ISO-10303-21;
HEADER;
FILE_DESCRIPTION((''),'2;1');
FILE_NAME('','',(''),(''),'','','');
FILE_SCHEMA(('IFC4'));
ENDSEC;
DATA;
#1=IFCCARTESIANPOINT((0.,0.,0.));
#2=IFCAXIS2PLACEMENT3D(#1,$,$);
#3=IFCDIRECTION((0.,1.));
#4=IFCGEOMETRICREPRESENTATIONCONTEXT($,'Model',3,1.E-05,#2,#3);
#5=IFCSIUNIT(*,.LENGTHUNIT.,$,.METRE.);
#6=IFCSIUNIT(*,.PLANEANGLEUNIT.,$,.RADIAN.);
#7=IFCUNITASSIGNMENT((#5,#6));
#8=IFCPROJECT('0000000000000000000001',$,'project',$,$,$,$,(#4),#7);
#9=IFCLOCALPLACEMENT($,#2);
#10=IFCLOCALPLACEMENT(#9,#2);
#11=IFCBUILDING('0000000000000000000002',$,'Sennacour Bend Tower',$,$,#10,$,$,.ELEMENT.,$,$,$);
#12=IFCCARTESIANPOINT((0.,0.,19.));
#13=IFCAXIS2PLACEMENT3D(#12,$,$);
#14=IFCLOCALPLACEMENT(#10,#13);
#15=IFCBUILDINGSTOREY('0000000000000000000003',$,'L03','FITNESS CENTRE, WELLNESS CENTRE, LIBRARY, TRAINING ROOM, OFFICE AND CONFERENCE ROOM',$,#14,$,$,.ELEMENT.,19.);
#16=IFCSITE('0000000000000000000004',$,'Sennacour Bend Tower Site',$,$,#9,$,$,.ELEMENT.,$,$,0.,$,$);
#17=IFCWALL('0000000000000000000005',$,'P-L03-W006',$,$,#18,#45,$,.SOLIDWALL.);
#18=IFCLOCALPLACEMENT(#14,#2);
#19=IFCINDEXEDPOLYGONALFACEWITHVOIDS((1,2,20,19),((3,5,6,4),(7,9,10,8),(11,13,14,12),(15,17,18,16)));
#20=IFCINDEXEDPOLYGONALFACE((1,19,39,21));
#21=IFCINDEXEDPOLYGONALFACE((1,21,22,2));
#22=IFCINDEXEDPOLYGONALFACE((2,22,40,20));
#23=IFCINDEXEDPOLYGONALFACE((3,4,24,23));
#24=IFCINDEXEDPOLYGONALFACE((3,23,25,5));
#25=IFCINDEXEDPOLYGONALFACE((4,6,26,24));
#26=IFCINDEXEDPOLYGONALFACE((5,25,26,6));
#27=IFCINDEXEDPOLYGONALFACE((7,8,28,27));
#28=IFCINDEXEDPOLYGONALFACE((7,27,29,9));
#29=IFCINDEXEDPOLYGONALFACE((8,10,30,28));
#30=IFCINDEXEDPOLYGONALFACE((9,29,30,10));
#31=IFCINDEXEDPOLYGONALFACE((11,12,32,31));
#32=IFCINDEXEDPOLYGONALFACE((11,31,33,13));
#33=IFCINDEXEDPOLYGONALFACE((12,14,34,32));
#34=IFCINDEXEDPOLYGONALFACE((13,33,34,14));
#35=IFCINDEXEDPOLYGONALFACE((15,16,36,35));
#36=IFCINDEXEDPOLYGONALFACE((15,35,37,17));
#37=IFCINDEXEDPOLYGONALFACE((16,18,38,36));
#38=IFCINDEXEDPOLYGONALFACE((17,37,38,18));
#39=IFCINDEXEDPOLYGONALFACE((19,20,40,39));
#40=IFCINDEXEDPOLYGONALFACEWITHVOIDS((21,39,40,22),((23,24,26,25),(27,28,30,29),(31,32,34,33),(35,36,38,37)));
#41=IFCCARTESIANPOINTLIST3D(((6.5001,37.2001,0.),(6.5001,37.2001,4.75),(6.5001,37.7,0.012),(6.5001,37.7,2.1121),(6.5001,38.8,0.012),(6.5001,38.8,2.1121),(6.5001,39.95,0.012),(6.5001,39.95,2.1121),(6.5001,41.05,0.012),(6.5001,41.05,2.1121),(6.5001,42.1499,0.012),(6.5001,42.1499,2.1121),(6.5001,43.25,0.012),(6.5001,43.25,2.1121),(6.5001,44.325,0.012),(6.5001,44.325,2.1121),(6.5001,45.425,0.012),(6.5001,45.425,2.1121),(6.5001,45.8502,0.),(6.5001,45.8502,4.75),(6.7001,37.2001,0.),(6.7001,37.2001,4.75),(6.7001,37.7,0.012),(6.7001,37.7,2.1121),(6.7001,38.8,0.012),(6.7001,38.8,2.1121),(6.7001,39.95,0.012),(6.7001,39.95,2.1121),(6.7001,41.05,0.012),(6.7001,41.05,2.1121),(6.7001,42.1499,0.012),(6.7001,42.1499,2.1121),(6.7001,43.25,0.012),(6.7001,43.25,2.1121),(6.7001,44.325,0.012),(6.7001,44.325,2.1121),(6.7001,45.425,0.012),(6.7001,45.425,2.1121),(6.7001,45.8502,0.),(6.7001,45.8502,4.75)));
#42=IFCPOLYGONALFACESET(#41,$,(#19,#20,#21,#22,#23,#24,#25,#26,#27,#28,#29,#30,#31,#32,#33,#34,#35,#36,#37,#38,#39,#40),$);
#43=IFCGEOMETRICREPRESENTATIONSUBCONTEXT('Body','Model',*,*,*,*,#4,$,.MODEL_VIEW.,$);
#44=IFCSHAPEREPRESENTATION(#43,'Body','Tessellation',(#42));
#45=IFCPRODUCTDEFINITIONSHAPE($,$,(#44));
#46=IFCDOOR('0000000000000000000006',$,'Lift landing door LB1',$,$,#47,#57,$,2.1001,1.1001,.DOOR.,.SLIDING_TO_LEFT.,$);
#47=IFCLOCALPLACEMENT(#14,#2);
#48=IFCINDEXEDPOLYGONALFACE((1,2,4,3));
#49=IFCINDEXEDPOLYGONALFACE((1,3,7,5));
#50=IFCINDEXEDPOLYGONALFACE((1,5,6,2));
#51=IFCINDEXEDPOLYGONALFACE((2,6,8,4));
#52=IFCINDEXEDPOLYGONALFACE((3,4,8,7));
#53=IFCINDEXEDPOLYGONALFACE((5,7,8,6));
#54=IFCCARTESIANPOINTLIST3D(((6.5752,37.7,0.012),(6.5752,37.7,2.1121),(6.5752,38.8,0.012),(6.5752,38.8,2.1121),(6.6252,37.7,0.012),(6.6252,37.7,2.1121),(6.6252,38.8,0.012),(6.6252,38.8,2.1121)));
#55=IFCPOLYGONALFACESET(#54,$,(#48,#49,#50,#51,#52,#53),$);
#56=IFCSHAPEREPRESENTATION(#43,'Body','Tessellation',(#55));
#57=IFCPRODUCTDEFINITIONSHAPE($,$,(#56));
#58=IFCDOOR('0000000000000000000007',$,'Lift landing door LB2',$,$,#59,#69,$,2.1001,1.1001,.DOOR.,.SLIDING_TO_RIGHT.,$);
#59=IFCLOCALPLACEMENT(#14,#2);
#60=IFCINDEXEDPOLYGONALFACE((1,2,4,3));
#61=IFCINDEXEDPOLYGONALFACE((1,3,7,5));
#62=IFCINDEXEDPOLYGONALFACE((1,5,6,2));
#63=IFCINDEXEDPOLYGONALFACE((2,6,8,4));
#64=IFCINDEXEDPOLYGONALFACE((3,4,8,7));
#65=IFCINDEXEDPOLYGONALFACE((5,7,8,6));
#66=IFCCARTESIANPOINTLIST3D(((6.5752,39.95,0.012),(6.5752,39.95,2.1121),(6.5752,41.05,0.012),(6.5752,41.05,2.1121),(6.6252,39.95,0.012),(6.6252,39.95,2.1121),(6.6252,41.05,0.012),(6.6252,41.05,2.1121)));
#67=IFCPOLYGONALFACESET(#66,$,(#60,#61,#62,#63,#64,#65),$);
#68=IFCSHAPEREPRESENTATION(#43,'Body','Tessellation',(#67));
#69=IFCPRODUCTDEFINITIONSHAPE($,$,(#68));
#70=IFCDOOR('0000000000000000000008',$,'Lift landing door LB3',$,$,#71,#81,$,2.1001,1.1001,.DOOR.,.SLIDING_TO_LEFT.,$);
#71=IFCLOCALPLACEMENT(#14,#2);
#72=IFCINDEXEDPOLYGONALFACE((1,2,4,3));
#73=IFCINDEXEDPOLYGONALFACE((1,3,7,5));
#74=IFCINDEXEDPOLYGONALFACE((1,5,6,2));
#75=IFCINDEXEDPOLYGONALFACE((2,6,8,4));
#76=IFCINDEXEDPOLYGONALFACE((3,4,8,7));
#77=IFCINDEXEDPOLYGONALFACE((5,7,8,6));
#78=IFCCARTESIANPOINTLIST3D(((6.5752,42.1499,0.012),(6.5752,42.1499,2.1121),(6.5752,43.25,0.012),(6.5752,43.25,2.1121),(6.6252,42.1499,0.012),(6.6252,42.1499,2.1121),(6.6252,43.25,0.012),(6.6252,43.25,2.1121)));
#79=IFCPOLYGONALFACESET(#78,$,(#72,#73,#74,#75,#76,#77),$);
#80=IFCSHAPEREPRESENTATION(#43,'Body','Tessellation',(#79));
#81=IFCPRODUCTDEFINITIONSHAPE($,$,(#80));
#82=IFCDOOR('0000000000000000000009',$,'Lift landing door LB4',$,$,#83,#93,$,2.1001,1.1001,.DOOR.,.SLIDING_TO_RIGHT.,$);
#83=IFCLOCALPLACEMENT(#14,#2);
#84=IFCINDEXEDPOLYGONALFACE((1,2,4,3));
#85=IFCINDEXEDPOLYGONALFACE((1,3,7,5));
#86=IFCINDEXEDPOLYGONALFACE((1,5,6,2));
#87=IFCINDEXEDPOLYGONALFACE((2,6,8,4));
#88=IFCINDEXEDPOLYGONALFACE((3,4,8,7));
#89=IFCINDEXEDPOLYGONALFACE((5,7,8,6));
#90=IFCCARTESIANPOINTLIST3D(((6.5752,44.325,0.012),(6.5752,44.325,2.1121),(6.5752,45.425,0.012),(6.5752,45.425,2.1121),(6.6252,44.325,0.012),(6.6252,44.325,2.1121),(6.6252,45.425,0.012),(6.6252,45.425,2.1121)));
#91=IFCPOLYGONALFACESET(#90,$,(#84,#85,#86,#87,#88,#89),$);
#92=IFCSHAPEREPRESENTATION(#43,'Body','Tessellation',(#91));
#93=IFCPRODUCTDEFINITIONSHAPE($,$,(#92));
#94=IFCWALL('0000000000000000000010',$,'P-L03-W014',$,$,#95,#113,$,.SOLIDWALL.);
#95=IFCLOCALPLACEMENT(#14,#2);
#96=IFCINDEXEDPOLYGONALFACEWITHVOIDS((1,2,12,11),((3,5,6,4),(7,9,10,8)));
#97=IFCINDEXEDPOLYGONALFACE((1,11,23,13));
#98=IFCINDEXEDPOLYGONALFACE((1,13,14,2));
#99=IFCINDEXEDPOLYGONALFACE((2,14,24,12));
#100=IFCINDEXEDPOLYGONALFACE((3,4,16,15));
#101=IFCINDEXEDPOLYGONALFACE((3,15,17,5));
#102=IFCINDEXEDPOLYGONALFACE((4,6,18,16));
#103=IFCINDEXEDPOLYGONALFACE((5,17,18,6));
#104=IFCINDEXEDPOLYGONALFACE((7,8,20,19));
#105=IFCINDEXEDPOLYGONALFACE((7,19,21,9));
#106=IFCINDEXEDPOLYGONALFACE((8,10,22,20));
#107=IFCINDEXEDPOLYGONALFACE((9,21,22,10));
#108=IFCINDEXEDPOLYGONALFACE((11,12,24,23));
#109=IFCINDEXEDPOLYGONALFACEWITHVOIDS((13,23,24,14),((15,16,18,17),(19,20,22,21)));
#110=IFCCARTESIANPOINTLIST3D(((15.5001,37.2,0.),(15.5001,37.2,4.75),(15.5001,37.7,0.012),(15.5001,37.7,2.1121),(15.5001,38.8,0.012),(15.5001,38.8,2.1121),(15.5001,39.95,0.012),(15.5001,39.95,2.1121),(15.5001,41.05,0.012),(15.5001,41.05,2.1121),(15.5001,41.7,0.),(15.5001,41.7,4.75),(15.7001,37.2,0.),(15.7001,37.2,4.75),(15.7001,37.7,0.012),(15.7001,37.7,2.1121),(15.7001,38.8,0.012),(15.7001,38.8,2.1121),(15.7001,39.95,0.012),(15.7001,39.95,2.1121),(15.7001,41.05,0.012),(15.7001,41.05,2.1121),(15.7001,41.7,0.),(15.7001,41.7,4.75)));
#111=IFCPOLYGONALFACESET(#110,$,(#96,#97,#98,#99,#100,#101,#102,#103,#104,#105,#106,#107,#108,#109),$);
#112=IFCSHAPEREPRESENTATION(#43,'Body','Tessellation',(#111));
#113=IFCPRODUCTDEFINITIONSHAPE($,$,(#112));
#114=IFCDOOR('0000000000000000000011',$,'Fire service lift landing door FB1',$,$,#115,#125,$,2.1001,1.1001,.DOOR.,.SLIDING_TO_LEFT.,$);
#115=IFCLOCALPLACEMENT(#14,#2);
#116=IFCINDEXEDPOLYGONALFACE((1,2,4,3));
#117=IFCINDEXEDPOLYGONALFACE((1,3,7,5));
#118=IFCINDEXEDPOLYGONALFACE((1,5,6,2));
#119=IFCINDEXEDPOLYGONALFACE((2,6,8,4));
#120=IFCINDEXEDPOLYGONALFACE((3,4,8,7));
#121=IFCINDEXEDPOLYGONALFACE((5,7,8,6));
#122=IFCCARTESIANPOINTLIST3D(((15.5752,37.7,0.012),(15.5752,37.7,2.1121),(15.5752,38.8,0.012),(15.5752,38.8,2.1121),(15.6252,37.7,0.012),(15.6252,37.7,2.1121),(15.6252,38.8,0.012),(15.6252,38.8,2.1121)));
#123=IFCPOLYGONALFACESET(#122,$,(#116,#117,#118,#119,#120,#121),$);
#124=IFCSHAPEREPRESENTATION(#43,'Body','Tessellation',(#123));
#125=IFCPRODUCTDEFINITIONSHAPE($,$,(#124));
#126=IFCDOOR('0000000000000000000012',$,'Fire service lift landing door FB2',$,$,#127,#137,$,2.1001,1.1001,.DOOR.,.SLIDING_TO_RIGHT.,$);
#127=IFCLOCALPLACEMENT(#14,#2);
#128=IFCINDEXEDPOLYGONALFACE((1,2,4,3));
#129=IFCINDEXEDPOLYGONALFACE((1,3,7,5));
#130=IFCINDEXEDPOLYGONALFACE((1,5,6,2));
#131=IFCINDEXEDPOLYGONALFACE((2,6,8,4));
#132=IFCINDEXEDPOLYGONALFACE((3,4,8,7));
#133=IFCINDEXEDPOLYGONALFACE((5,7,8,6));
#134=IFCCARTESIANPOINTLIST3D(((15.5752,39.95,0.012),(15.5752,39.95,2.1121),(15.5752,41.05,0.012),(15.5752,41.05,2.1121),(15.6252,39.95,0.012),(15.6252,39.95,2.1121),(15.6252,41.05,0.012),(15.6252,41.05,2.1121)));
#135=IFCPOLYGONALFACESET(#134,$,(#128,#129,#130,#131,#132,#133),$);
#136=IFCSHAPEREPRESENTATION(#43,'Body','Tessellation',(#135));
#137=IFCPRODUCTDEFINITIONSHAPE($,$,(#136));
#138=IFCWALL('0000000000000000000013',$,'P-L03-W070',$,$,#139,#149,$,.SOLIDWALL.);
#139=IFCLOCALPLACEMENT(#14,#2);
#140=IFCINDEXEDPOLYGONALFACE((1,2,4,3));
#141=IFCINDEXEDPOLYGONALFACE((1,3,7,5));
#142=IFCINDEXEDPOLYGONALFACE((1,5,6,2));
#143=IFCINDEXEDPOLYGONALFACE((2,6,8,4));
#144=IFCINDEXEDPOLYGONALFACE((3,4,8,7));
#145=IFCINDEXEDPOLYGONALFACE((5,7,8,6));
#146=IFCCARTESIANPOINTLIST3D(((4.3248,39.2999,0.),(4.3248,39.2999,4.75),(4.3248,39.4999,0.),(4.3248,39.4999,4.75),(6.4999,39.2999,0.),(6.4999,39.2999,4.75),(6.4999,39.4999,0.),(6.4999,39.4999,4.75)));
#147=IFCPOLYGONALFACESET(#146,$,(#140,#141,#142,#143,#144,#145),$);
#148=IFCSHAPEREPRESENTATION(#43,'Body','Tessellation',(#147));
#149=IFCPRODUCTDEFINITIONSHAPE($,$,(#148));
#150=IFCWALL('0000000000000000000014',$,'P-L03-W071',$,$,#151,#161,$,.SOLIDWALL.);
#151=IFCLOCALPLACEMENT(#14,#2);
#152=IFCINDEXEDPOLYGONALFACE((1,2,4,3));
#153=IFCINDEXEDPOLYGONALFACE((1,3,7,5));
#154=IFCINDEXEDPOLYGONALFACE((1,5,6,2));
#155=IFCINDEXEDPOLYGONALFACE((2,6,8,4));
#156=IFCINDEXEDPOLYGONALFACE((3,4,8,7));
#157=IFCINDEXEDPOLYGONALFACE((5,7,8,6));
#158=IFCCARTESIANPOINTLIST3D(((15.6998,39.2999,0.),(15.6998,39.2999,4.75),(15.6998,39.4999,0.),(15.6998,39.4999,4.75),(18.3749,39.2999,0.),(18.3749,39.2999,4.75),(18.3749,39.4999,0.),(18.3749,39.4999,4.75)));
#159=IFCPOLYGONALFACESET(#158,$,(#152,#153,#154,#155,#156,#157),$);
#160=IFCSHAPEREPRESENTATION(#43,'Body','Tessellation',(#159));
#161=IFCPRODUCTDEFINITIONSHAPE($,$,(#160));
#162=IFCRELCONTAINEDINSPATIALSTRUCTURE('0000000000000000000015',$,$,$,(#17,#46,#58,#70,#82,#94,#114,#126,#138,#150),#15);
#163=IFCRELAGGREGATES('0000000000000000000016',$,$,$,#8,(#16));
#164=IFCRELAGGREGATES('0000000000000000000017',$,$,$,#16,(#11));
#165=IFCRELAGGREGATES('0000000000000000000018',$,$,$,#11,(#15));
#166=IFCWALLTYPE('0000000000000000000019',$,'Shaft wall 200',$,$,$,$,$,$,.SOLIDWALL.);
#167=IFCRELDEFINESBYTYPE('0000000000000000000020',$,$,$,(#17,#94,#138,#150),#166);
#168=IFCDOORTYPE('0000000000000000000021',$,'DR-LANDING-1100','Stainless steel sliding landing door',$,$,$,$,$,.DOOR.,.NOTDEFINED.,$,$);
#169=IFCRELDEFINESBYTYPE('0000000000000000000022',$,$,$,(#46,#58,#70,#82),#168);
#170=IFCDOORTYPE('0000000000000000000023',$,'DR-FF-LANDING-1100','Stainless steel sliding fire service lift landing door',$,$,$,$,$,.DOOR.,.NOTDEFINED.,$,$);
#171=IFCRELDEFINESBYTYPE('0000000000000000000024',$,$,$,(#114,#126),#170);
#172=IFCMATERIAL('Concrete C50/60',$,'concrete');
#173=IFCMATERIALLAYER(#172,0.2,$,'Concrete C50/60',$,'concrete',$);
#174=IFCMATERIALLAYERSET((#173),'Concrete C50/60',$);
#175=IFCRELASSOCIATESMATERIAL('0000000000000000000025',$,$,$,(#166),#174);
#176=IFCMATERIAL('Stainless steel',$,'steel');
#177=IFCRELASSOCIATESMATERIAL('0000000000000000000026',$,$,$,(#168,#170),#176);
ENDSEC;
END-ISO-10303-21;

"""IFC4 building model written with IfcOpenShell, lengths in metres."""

from ifc_helpers import new_model, si_unit, direction, frame, frame_2d, origin, place, context, subcontext, project, spatial, rectangle, extrude, material, layer, layer_set, type_object, element, fill, save


model = new_model("IFC4")

# Units and contexts
model_context = context("Model", 3, precision=1e-05, world=origin(), true_north=direction((0.0, 1.0)))
body_context = subcontext(model_context, "Body", "Model", "MODEL_VIEW")
ifc_project = project(units=[si_unit("LENGTHUNIT", "METRE"), si_unit("PLANEANGLEUNIT", "RADIAN")], contexts=[model_context])

# Site, building, storey
site_placement = place(None, origin())
site = spatial("IfcSite", under=ifc_project, at=site_placement, Name="Sennacour Bend Tower Site", CompositionType="ELEMENT", RefElevation=0.0)
building_placement = place(site_placement, origin())
building = spatial("IfcBuilding", under=site, at=building_placement, Name="Sennacour Bend Tower", CompositionType="ELEMENT")
storey_placement = place(building_placement, frame((0.0, 0.0, 19.0)))
storey = spatial("IfcBuildingStorey", under=building, at=storey_placement, Name="L03", Description="FITNESS CENTRE, WELLNESS CENTRE, LIBRARY, TRAINING ROOM, OFFICE AND CONFERENCE ROOM", CompositionType="ELEMENT", Elevation=19.0)

# Walls, openings, doors
ifc_material_1 = material(Name="Concrete C50/60", Category="concrete")
ifc_layer_1 = layer(ifc_material_1, 0.2, Name="Concrete C50/60", Category="concrete")
ifc_layer_set_1 = layer_set([ifc_layer_1], Name="Concrete C50/60")
wall_type_1 = type_object("IfcWallType", Name="Shaft wall 200", PredefinedType="SOLIDWALL", material=ifc_layer_set_1)
wall_1_placement = place(storey_placement, frame((6.6001, 37.2, 0.0), z_axis=(0.0, 0.0, 1.0), x_axis=(0.0, 1.0, 0.0)))
wall_1 = element("IfcWall", 1, at=wall_1_placement, inside=storey, type_object=wall_type_1, Name="P-L03-W006", PredefinedType="SOLIDWALL", context=body_context, shape_type="SweptSolid", body=[
    extrude(rectangle(XDim=8.6501, YDim=0.2, at=frame_2d((4.3252, 0.0))), origin(), (0.0, 0.0, 1.0), 4.75),
])
opening_1_placement = place(wall_1_placement, frame((0.5, 0.0, 0.012)))
opening_1 = element("IfcOpeningElement", 2, at=opening_1_placement, cuts=wall_1, PredefinedType="OPENING", context=body_context, shape_type="SweptSolid", body=[
    extrude(rectangle(XDim=1.1001, YDim=2.1001, at=frame_2d((0.55, 1.05))), frame((0.0, 0.1099, 0.0), z_axis=(0.0, -1.0, 0.0), x_axis=(1.0, 0.0, 0.0)), (0.0, 0.0, 1.0), 0.22),
])
opening_2_placement = place(wall_1_placement, frame((2.75, 0.0, 0.012)))
opening_2 = element("IfcOpeningElement", 3, at=opening_2_placement, cuts=wall_1, PredefinedType="OPENING", context=body_context, shape_type="SweptSolid", body=[
    extrude(rectangle(XDim=1.1001, YDim=2.1001, at=frame_2d((0.55, 1.05))), frame((0.0, 0.1099, 0.0), z_axis=(0.0, -1.0, 0.0), x_axis=(1.0, 0.0, 0.0)), (0.0, 0.0, 1.0), 0.22),
])
opening_3_placement = place(wall_1_placement, frame((4.95, 0.0, 0.012)))
opening_3 = element("IfcOpeningElement", 4, at=opening_3_placement, cuts=wall_1, PredefinedType="OPENING", context=body_context, shape_type="SweptSolid", body=[
    extrude(rectangle(XDim=1.1001, YDim=2.1001, at=frame_2d((0.55, 1.05))), frame((0.0, 0.1099, 0.0), z_axis=(0.0, -1.0, 0.0), x_axis=(1.0, 0.0, 0.0)), (0.0, 0.0, 1.0), 0.22),
])
opening_4_placement = place(wall_1_placement, frame((7.125, 0.0, 0.012)))
opening_4 = element("IfcOpeningElement", 5, at=opening_4_placement, cuts=wall_1, PredefinedType="OPENING", context=body_context, shape_type="SweptSolid", body=[
    extrude(rectangle(XDim=1.1001, YDim=2.1001, at=frame_2d((0.55, 1.05))), frame((0.0, 0.1099, 0.0), z_axis=(0.0, -1.0, 0.0), x_axis=(1.0, 0.0, 0.0)), (0.0, 0.0, 1.0), 0.22),
])
ifc_material_2 = material(Name="Stainless steel", Category="steel")
door_type_1 = type_object("IfcDoorType", Name="DR-LANDING-1100", Description="Stainless steel sliding landing door", OperationType="NOTDEFINED", PredefinedType="DOOR", material=ifc_material_2)
door_1_placement = place(opening_1_placement, origin())
door_1 = element("IfcDoor", 6, at=door_1_placement, inside=storey, type_object=door_type_1, Name="Lift landing door LB1", OperationType="SLIDING_TO_LEFT", OverallHeight=2.1001, OverallWidth=1.1001, PredefinedType="DOOR", context=body_context, shape_type="SweptSolid", body=[
    extrude(rectangle(XDim=1.1001, YDim=2.1001, at=frame_2d((0.55, 1.05))), frame((0.0, 0.0249, 0.0), z_axis=(0.0, -1.0, 0.0), x_axis=(1.0, 0.0, 0.0)), (0.0, 0.0, 1.0), 0.05),
])
fill(opening_1, door_1)
door_2_placement = place(opening_2_placement, origin())
door_2 = element("IfcDoor", 7, at=door_2_placement, inside=storey, type_object=door_type_1, Name="Lift landing door LB2", OperationType="SLIDING_TO_RIGHT", OverallHeight=2.1001, OverallWidth=1.1001, PredefinedType="DOOR", context=body_context, shape_type="SweptSolid", body=[
    extrude(rectangle(XDim=1.1001, YDim=2.1001, at=frame_2d((0.55, 1.05))), frame((0.0, 0.0249, 0.0), z_axis=(0.0, -1.0, 0.0), x_axis=(1.0, 0.0, 0.0)), (0.0, 0.0, 1.0), 0.05),
])
fill(opening_2, door_2)
door_3_placement = place(opening_3_placement, origin())
door_3 = element("IfcDoor", 8, at=door_3_placement, inside=storey, type_object=door_type_1, Name="Lift landing door LB3", OperationType="SLIDING_TO_LEFT", OverallHeight=2.1001, OverallWidth=1.1001, PredefinedType="DOOR", context=body_context, shape_type="SweptSolid", body=[
    extrude(rectangle(XDim=1.1001, YDim=2.1001, at=frame_2d((0.55, 1.05))), frame((0.0, 0.0249, 0.0), z_axis=(0.0, -1.0, 0.0), x_axis=(1.0, 0.0, 0.0)), (0.0, 0.0, 1.0), 0.05),
])
fill(opening_3, door_3)
door_4_placement = place(opening_4_placement, origin())
door_4 = element("IfcDoor", 9, at=door_4_placement, inside=storey, type_object=door_type_1, Name="Lift landing door LB4", OperationType="SLIDING_TO_RIGHT", OverallHeight=2.1001, OverallWidth=1.1001, PredefinedType="DOOR", context=body_context, shape_type="SweptSolid", body=[
    extrude(rectangle(XDim=1.1001, YDim=2.1001, at=frame_2d((0.55, 1.05))), frame((0.0, 0.0249, 0.0), z_axis=(0.0, -1.0, 0.0), x_axis=(1.0, 0.0, 0.0)), (0.0, 0.0, 1.0), 0.05),
])
fill(opening_4, door_4)
wall_2_placement = place(storey_placement, frame((15.6001, 37.2, 0.0), z_axis=(0.0, 0.0, 1.0), x_axis=(0.0, 1.0, 0.0)))
wall_2 = element("IfcWall", 10, at=wall_2_placement, inside=storey, type_object=wall_type_1, Name="P-L03-W014", PredefinedType="SOLIDWALL", context=body_context, shape_type="SweptSolid", body=[
    extrude(rectangle(XDim=4.5, YDim=0.2, at=frame_2d((2.25, 0.0))), origin(), (0.0, 0.0, 1.0), 4.75),
])
opening_5_placement = place(wall_2_placement, frame((0.5, 0.0, 0.012)))
opening_5 = element("IfcOpeningElement", 11, at=opening_5_placement, cuts=wall_2, PredefinedType="OPENING", context=body_context, shape_type="SweptSolid", body=[
    extrude(rectangle(XDim=1.1001, YDim=2.1001, at=frame_2d((0.55, 1.05))), frame((0.0, 0.1099, 0.0), z_axis=(0.0, -1.0, 0.0), x_axis=(1.0, 0.0, 0.0)), (0.0, 0.0, 1.0), 0.22),
])
opening_6_placement = place(wall_2_placement, frame((2.75, 0.0, 0.012)))
opening_6 = element("IfcOpeningElement", 12, at=opening_6_placement, cuts=wall_2, PredefinedType="OPENING", context=body_context, shape_type="SweptSolid", body=[
    extrude(rectangle(XDim=1.1001, YDim=2.1001, at=frame_2d((0.55, 1.05))), frame((0.0, 0.1099, 0.0), z_axis=(0.0, -1.0, 0.0), x_axis=(1.0, 0.0, 0.0)), (0.0, 0.0, 1.0), 0.22),
])
door_type_2 = type_object("IfcDoorType", Name="DR-FF-LANDING-1100", Description="Stainless steel sliding fire service lift landing door", OperationType="NOTDEFINED", PredefinedType="DOOR", material=ifc_material_2)
door_5_placement = place(opening_5_placement, origin())
door_5 = element("IfcDoor", 13, at=door_5_placement, inside=storey, type_object=door_type_2, Name="Fire service lift landing door FB1", OperationType="SLIDING_TO_LEFT", OverallHeight=2.1001, OverallWidth=1.1001, PredefinedType="DOOR", context=body_context, shape_type="SweptSolid", body=[
    extrude(rectangle(XDim=1.1001, YDim=2.1001, at=frame_2d((0.55, 1.05))), frame((0.0, 0.0249, 0.0), z_axis=(0.0, -1.0, 0.0), x_axis=(1.0, 0.0, 0.0)), (0.0, 0.0, 1.0), 0.05),
])
fill(opening_5, door_5)
door_6_placement = place(opening_6_placement, origin())
door_6 = element("IfcDoor", 14, at=door_6_placement, inside=storey, type_object=door_type_2, Name="Fire service lift landing door FB2", OperationType="SLIDING_TO_RIGHT", OverallHeight=2.1001, OverallWidth=1.1001, PredefinedType="DOOR", context=body_context, shape_type="SweptSolid", body=[
    extrude(rectangle(XDim=1.1001, YDim=2.1001, at=frame_2d((0.55, 1.05))), frame((0.0, 0.0249, 0.0), z_axis=(0.0, -1.0, 0.0), x_axis=(1.0, 0.0, 0.0)), (0.0, 0.0, 1.0), 0.05),
])
fill(opening_6, door_6)

# Walls
wall_3_placement = place(storey_placement, frame((4.325, 39.3999, 0.0), z_axis=(0.0, 0.0, 1.0), x_axis=(1.0, 0.0, 0.0)))
element("IfcWall", 15, at=wall_3_placement, inside=storey, type_object=wall_type_1, Name="P-L03-W070", PredefinedType="SOLIDWALL", context=body_context, shape_type="SweptSolid", body=[
    extrude(rectangle(XDim=2.175, YDim=0.2, at=frame_2d((1.0874, 0.0))), origin(), (0.0, 0.0, 1.0), 4.75),
])
wall_4_placement = place(storey_placement, frame((15.7, 39.3999, 0.0), z_axis=(0.0, 0.0, 1.0), x_axis=(1.0, 0.0, 0.0)))
element("IfcWall", 16, at=wall_4_placement, inside=storey, type_object=wall_type_1, Name="P-L03-W071", PredefinedType="SOLIDWALL", context=body_context, shape_type="SweptSolid", body=[
    extrude(rectangle(XDim=2.675, YDim=0.2, at=frame_2d((1.3374, 0.0))), origin(), (0.0, 0.0, 1.0), 4.75),
])

save(model, "model.ifc")
